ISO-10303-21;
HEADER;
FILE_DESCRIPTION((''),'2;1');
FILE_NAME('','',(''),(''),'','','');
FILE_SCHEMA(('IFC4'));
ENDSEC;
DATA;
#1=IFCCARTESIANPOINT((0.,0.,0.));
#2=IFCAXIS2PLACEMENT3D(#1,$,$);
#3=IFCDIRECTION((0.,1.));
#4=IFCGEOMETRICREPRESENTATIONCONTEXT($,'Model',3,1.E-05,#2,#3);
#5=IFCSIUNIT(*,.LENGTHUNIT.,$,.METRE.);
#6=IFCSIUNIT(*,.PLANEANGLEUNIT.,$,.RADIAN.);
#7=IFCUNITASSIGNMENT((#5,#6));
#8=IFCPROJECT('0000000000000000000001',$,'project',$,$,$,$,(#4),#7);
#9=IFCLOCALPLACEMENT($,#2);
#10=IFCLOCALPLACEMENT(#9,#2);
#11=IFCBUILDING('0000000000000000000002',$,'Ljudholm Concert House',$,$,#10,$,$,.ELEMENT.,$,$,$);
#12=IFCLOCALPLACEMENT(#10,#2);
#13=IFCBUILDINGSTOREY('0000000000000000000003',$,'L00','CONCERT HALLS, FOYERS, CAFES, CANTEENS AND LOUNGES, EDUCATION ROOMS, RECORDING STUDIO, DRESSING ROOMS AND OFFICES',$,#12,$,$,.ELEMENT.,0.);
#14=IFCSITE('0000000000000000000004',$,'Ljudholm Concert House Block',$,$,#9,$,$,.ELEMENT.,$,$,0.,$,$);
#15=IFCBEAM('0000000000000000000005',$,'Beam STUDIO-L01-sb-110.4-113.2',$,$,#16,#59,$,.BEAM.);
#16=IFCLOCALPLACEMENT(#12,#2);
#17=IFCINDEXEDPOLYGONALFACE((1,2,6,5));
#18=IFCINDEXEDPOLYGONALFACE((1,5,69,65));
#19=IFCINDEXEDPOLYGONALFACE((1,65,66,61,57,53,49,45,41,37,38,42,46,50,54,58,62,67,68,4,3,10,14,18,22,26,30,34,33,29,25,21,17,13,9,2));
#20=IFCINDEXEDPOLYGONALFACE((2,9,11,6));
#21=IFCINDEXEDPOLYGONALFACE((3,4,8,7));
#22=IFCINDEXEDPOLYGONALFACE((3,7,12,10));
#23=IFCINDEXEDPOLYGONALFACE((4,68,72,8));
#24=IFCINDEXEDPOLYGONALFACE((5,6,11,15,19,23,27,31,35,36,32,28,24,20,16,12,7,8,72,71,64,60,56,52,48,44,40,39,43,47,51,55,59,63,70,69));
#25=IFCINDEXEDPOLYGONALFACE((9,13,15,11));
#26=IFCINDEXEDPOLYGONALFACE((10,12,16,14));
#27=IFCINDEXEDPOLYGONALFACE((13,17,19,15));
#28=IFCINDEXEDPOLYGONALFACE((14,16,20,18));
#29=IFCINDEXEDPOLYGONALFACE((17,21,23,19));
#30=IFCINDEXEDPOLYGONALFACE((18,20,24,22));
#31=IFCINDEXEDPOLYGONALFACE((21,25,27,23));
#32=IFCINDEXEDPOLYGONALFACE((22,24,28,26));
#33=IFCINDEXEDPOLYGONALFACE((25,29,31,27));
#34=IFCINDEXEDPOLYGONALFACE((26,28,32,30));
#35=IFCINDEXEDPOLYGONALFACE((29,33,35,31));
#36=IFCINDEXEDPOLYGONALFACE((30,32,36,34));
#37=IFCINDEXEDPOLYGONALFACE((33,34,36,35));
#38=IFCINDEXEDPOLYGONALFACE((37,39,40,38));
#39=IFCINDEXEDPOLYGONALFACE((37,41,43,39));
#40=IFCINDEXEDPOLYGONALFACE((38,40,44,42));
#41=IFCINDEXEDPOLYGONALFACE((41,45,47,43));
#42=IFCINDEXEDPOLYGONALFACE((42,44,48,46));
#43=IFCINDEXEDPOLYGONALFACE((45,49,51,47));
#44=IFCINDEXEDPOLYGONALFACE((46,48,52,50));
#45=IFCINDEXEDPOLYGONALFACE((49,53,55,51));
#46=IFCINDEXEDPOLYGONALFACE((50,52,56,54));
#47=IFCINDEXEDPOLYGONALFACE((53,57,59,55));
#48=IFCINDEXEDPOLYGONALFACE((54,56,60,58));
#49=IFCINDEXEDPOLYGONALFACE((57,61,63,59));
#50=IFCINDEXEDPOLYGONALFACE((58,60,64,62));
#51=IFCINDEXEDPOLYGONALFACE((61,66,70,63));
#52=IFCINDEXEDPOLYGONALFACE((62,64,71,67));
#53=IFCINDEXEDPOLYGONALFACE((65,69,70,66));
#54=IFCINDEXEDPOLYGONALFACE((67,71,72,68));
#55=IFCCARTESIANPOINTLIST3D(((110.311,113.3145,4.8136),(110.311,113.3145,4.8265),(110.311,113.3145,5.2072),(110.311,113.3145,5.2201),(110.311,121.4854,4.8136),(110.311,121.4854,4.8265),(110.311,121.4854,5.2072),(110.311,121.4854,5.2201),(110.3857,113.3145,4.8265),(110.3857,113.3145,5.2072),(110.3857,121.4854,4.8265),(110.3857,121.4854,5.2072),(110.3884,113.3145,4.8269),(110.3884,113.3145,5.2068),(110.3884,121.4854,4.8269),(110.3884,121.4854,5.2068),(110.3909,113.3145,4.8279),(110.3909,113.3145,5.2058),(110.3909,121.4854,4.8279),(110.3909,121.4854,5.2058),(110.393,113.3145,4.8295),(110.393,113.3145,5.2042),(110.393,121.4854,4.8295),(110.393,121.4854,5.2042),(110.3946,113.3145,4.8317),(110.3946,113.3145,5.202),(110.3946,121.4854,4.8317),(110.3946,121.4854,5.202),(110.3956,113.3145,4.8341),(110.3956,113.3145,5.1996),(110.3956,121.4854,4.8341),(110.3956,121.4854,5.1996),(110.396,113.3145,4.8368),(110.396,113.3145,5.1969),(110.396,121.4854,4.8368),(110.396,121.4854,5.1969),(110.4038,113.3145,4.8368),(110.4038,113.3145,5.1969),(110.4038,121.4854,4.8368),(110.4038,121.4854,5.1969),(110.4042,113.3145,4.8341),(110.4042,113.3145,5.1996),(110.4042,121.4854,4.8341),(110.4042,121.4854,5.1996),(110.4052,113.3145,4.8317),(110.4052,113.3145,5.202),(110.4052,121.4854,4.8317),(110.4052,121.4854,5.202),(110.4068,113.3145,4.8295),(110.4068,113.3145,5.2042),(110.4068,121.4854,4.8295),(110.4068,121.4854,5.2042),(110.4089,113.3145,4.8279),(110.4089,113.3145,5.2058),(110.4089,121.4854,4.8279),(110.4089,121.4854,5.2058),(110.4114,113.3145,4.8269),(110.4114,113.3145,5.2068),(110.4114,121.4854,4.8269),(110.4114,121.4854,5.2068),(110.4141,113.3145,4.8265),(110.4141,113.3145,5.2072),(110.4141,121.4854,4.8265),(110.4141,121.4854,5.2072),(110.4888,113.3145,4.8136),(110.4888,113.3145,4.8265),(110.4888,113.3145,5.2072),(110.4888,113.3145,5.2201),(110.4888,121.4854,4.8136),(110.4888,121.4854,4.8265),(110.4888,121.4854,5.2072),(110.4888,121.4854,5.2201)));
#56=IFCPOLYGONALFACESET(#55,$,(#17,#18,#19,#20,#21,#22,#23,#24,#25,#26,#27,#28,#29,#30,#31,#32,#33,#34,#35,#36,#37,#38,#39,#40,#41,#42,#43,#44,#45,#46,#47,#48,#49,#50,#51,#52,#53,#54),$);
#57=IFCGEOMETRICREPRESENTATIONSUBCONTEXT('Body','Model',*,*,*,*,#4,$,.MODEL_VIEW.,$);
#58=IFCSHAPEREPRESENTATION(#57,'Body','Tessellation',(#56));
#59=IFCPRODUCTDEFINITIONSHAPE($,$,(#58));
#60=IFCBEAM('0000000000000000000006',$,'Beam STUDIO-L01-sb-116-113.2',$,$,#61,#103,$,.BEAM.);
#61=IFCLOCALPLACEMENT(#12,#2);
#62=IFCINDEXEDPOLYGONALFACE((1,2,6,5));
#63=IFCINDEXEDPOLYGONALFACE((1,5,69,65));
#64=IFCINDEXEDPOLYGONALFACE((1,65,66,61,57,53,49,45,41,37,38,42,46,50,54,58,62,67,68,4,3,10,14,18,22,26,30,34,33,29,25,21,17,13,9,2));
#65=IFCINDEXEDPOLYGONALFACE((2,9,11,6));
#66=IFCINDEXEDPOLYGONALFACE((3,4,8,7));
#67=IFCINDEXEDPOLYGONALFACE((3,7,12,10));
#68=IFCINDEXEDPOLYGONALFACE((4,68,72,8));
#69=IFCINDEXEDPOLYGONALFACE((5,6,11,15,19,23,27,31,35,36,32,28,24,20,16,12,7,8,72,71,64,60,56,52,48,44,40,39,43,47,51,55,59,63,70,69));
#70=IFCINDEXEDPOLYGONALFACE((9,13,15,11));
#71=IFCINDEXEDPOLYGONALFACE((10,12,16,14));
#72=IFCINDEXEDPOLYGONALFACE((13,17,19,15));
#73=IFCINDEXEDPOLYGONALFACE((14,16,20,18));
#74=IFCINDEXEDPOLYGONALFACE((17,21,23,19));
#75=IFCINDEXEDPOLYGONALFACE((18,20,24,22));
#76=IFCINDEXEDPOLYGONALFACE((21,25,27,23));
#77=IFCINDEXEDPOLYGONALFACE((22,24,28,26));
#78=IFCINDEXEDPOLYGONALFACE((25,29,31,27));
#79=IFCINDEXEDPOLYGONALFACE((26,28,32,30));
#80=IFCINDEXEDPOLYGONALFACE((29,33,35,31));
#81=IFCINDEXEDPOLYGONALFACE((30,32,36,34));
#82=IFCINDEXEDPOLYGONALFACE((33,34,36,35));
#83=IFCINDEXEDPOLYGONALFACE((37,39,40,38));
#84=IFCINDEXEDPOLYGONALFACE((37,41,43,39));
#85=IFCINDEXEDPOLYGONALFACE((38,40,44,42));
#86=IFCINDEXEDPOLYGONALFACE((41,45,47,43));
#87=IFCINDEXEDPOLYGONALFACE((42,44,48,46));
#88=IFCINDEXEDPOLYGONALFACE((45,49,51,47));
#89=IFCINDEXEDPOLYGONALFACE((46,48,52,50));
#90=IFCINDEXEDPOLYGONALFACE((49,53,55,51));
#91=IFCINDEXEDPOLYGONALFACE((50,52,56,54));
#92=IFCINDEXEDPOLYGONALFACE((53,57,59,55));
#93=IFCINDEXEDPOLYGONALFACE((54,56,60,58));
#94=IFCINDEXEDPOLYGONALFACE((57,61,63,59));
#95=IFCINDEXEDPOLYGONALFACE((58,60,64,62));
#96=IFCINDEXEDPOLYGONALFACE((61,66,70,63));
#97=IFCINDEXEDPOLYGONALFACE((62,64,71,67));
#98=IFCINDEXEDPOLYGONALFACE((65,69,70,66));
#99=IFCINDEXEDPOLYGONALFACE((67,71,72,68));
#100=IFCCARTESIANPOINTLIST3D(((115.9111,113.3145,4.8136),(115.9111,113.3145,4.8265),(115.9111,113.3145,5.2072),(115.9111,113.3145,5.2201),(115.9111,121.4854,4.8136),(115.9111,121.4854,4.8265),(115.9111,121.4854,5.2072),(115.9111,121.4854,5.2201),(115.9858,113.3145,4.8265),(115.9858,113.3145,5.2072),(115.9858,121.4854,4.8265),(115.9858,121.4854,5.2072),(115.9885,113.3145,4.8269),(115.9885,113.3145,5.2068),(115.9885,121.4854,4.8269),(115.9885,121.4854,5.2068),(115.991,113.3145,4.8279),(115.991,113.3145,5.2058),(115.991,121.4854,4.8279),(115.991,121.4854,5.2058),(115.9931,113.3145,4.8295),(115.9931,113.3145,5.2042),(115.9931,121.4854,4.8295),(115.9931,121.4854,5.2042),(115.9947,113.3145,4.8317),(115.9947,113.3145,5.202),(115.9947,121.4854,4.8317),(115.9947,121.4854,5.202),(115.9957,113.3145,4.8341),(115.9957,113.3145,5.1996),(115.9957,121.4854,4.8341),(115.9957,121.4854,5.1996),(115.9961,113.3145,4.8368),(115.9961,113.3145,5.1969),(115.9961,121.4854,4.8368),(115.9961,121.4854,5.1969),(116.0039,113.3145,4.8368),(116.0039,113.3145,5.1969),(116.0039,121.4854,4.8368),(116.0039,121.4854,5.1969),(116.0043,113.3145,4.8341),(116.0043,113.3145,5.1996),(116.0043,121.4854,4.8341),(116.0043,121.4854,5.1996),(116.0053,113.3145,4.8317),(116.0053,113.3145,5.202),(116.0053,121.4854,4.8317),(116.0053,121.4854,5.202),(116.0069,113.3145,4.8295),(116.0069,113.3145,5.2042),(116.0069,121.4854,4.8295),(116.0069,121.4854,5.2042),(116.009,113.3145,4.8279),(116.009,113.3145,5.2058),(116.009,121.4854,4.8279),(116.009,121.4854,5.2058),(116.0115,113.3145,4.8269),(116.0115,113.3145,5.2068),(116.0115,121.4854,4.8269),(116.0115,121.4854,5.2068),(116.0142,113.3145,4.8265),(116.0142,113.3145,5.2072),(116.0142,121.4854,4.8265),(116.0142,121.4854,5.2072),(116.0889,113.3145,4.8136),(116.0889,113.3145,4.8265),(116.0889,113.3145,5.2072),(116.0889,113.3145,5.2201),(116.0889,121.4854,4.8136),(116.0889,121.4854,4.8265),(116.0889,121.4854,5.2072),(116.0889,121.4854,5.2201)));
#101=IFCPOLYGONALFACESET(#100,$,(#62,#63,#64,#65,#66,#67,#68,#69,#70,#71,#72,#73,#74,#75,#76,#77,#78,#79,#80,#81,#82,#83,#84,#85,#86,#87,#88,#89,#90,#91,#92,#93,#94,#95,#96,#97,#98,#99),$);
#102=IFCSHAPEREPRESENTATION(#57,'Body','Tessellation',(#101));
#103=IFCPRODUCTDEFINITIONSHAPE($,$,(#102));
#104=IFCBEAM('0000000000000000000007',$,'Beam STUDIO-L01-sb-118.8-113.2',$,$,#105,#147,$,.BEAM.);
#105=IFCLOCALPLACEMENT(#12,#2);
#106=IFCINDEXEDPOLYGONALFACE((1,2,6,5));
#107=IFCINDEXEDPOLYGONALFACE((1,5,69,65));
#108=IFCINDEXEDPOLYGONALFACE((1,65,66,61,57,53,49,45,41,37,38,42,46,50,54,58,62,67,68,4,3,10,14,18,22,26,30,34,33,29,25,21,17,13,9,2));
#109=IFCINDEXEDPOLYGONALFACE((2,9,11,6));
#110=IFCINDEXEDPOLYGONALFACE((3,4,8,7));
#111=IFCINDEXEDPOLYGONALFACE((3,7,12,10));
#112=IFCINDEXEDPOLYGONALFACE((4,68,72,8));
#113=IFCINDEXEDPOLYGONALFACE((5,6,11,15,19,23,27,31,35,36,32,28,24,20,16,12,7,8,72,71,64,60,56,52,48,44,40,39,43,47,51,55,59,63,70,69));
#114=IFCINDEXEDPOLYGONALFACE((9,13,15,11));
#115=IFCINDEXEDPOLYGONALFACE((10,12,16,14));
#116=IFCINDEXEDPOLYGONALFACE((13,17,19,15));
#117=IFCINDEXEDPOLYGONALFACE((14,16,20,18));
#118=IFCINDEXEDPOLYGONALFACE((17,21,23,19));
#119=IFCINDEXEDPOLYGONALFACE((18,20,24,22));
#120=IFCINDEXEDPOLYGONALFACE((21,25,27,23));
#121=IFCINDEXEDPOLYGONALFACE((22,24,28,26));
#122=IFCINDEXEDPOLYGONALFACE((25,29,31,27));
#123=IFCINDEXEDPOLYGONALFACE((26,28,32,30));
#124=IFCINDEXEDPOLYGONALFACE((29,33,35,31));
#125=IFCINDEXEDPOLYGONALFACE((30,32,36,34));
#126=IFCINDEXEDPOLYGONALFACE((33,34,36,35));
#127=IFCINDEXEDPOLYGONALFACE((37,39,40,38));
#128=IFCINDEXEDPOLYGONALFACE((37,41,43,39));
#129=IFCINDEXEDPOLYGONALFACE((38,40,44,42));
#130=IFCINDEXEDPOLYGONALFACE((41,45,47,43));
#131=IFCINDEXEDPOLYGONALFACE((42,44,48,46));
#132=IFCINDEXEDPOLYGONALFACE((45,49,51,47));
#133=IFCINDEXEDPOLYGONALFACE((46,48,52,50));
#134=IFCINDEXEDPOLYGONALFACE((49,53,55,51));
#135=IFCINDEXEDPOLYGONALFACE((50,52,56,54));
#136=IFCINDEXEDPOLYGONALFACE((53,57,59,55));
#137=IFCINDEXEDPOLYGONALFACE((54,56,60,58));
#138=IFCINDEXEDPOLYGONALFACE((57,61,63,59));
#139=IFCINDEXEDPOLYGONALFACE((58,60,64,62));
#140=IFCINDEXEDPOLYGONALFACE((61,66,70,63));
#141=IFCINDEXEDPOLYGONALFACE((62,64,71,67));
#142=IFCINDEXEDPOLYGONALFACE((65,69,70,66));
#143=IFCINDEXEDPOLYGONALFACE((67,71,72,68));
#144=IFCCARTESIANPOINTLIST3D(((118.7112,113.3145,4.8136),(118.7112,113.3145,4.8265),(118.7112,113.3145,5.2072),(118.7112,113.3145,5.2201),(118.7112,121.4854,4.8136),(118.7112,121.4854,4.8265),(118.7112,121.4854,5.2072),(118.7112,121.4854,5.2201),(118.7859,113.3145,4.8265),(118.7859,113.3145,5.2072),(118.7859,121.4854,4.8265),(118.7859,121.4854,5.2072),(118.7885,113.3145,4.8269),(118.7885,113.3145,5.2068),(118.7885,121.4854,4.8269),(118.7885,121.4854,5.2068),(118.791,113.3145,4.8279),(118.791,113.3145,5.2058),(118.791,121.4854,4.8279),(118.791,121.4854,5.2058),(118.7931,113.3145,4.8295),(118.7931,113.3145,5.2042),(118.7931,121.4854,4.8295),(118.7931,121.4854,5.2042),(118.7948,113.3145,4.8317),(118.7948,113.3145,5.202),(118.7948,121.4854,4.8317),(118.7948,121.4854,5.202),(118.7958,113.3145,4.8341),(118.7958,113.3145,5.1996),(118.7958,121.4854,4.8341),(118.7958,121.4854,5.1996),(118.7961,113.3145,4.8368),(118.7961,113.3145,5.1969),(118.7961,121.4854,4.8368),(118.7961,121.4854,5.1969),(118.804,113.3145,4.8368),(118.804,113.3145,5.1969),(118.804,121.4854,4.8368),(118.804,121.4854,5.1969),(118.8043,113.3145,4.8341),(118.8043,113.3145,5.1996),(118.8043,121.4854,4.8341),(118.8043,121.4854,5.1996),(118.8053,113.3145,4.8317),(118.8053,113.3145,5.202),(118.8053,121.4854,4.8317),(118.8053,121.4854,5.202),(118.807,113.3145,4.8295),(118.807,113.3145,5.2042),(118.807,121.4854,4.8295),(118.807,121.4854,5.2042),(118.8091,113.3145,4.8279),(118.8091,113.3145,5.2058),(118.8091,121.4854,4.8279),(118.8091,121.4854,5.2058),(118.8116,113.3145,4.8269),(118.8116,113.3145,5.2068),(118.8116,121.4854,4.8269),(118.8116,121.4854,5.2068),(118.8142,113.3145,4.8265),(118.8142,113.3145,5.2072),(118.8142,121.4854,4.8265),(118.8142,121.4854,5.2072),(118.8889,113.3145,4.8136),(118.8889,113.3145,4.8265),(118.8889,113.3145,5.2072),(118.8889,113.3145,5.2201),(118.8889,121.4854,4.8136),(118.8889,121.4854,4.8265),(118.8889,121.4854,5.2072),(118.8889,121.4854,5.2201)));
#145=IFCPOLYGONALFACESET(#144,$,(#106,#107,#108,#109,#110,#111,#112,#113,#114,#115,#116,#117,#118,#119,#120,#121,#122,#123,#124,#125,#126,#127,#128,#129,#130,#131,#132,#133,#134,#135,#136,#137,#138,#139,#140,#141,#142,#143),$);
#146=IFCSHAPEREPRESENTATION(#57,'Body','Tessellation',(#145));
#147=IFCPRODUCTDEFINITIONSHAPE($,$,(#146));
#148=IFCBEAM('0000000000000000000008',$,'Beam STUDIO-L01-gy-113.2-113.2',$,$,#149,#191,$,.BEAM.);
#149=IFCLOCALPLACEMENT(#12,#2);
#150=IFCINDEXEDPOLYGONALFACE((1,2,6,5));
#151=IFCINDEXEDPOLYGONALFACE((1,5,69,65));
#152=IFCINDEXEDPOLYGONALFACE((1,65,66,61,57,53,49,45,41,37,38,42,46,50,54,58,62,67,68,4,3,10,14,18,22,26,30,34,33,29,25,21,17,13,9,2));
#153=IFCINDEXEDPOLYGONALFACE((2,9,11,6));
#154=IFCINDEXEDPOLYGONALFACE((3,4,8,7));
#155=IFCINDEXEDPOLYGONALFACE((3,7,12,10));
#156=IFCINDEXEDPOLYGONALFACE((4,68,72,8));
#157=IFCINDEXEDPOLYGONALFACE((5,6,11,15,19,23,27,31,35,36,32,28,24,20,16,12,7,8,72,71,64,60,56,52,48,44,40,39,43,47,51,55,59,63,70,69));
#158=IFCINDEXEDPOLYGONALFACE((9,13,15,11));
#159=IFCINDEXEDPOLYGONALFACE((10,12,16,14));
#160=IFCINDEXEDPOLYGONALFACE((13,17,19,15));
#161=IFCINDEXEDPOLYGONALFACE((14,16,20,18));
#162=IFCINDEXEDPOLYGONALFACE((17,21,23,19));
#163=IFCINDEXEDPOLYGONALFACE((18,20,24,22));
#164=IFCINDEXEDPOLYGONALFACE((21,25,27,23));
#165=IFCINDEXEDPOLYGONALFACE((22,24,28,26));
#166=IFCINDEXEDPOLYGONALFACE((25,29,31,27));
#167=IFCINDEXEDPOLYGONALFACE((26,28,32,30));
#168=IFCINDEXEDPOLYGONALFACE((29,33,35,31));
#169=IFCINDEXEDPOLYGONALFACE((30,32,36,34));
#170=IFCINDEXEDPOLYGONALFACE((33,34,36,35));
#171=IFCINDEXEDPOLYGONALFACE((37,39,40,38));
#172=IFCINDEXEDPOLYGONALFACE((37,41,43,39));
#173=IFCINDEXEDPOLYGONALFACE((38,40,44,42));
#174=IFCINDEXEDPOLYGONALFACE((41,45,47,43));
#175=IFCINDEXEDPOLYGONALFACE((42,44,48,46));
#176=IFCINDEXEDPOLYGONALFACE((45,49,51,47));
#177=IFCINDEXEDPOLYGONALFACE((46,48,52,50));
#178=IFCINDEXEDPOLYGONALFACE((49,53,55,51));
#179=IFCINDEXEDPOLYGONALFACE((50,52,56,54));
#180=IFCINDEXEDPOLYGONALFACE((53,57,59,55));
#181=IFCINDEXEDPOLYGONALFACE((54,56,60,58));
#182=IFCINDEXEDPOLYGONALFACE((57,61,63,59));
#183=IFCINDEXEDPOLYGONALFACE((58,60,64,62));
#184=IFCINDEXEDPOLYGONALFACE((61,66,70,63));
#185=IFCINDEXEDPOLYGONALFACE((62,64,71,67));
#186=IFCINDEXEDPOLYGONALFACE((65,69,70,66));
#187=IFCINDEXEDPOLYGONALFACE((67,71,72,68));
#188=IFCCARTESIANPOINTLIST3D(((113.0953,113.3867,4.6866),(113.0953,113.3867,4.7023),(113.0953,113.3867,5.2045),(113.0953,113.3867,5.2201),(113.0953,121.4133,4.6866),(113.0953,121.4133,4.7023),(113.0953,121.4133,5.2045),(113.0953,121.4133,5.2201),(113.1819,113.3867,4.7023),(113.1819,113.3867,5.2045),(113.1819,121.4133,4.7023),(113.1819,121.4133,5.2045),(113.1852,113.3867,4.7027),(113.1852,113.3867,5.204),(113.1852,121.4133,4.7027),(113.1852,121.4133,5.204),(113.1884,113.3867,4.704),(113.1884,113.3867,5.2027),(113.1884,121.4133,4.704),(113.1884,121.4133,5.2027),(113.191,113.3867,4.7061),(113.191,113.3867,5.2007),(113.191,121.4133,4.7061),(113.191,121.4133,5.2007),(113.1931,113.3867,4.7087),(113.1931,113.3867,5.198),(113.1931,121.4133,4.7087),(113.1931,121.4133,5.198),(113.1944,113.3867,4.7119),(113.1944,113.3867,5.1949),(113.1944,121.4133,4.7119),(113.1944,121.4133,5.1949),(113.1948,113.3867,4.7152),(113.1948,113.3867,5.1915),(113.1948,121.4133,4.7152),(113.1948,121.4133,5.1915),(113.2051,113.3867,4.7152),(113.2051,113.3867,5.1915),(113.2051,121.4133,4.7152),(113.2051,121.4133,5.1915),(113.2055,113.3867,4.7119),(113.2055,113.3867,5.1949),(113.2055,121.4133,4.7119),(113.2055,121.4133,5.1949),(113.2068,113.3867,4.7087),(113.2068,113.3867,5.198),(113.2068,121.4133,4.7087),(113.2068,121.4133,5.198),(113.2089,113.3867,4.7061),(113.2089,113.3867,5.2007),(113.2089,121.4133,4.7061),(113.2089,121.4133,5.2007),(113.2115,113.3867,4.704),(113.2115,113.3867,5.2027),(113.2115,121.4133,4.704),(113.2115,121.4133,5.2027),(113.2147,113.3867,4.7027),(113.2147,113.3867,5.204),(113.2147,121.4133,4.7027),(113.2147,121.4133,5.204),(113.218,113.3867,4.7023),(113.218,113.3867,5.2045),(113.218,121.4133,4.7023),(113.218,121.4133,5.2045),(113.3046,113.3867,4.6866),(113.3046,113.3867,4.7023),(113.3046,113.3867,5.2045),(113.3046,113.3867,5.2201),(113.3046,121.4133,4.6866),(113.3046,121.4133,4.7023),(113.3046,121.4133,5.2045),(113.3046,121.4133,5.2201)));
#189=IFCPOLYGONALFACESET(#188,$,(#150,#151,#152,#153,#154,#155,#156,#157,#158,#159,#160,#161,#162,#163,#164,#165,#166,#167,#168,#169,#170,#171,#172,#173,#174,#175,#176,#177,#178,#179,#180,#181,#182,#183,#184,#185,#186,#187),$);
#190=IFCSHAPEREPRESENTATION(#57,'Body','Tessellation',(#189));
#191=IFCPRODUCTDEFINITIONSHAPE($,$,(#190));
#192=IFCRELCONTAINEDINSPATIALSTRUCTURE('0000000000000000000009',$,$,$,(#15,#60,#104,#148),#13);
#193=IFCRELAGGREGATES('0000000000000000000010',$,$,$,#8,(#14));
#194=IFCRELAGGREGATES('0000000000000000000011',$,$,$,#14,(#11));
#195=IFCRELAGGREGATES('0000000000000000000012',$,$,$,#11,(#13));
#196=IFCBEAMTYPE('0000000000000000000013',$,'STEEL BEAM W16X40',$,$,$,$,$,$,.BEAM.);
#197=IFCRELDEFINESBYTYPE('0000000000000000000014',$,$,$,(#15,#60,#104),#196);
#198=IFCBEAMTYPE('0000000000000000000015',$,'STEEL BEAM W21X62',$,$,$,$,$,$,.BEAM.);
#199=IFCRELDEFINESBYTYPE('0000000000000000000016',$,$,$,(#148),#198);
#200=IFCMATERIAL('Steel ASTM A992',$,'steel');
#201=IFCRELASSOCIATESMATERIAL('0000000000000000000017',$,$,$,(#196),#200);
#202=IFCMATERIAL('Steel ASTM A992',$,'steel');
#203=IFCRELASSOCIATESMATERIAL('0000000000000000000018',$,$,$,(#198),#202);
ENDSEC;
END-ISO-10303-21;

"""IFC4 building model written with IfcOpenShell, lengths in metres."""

from ifc_helpers import new_model, si_unit, direction, frame, origin, origin_2d, place, context, subcontext, project, spatial, i_section, extrude, material, material_profile, profile_set, type_object, element, save


model = new_model("IFC4")

# Units and contexts
model_context = context("Model", 3, precision=1e-05, world=origin(), true_north=direction((0.0, 1.0)))
body_context = subcontext(model_context, "Body", "Model", "MODEL_VIEW")
ifc_project = project(units=[si_unit("LENGTHUNIT", "METRE"), si_unit("PLANEANGLEUNIT", "RADIAN")], contexts=[model_context])

# Site, building, storey
site_placement = place(None, origin())
site = spatial("IfcSite", under=ifc_project, at=site_placement, Name="Ljudholm Concert House Block", CompositionType="ELEMENT", RefElevation=0.0)
building_placement = place(site_placement, origin())
building = spatial("IfcBuilding", under=site, at=building_placement, Name="Ljudholm Concert House", CompositionType="ELEMENT")
storey_placement = place(building_placement, origin())
storey = spatial("IfcBuildingStorey", under=building, at=storey_placement, Name="L00", Description="CONCERT HALLS, FOYERS, CAFES, CANTEENS AND LOUNGES, EDUCATION ROOMS, RECORDING STUDIO, DRESSING ROOMS AND OFFICES", CompositionType="ELEMENT", Elevation=0.0)

# Beams
ifc_material_1 = material(Name="Steel ASTM A992", Category="steel")
ifc_material_profile_1 = material_profile(ifc_material_1, i_section(OverallWidth=0.1777, OverallDepth=0.4065, WebThickness=0.0078, FlangeThickness=0.0129, FilletRadius=0.0103, at=origin_2d()), Name="W16X40")
ifc_profile_set_1 = profile_set([ifc_material_profile_1], Name="Steel ASTM A992")
beam_type_1 = type_object("IfcBeamType", Name="STEEL BEAM W16X40", PredefinedType="BEAM", material=ifc_profile_set_1)
for number, where, z_axis, x_axis, name in (
    (1, (110.3999, 113.3145, 5.0168), (0.0, 1.0, 0.0), (-1.0, 0.0, 0.0), "Beam STUDIO-L01-sb-110.4-113.2"),
    (2, (116.0, 113.3145, 5.0168), (0.0, 1.0, 0.0), (-1.0, 0.0, 0.0), "Beam STUDIO-L01-sb-116-113.2"),
    (3, (118.8, 113.3145, 5.0168), (0.0, 1.0, 0.0), (-1.0, 0.0, 0.0), "Beam STUDIO-L01-sb-118.8-113.2"),
):
    element("IfcBeam", number, at=place(storey_placement, frame(where, z_axis=z_axis, x_axis=x_axis)), inside=storey, type_object=beam_type_1, Name=name, PredefinedType="BEAM", context=body_context, shape_type="SweptSolid", body=[
        extrude(i_section(OverallWidth=0.1777, OverallDepth=0.4065, WebThickness=0.0078, FlangeThickness=0.0129, FilletRadius=0.0103, at=origin_2d()), origin(), (0.0, 0.0, 1.0), 8.1709),
    ])
ifc_material_2 = material(Name="Steel ASTM A992", Category="steel")
ifc_material_profile_2 = material_profile(ifc_material_2, i_section(OverallWidth=0.2092, OverallDepth=0.5334, WebThickness=0.0103, FlangeThickness=0.0156, FilletRadius=0.0129, at=origin_2d()), Name="W21X62")
ifc_profile_set_2 = profile_set([ifc_material_profile_2], Name="Steel ASTM A992")
beam_type_2 = type_object("IfcBeamType", Name="STEEL BEAM W21X62", PredefinedType="BEAM", material=ifc_profile_set_2)
for number, where, z_axis, x_axis, name in (
    (4, (113.2, 113.3867, 4.9534), (0.0, 1.0, 0.0), (-1.0, 0.0, 0.0), "Beam STUDIO-L01-gy-113.2-113.2"),
):
    element("IfcBeam", number, at=place(storey_placement, frame(where, z_axis=z_axis, x_axis=x_axis)), inside=storey, type_object=beam_type_2, Name=name, PredefinedType="BEAM", context=body_context, shape_type="SweptSolid", body=[
        extrude(i_section(OverallWidth=0.2092, OverallDepth=0.5334, WebThickness=0.0103, FlangeThickness=0.0156, FilletRadius=0.0129, at=origin_2d()), origin(), (0.0, 0.0, 1.0), 8.0266),
    ])

save(model, "model.ifc")
